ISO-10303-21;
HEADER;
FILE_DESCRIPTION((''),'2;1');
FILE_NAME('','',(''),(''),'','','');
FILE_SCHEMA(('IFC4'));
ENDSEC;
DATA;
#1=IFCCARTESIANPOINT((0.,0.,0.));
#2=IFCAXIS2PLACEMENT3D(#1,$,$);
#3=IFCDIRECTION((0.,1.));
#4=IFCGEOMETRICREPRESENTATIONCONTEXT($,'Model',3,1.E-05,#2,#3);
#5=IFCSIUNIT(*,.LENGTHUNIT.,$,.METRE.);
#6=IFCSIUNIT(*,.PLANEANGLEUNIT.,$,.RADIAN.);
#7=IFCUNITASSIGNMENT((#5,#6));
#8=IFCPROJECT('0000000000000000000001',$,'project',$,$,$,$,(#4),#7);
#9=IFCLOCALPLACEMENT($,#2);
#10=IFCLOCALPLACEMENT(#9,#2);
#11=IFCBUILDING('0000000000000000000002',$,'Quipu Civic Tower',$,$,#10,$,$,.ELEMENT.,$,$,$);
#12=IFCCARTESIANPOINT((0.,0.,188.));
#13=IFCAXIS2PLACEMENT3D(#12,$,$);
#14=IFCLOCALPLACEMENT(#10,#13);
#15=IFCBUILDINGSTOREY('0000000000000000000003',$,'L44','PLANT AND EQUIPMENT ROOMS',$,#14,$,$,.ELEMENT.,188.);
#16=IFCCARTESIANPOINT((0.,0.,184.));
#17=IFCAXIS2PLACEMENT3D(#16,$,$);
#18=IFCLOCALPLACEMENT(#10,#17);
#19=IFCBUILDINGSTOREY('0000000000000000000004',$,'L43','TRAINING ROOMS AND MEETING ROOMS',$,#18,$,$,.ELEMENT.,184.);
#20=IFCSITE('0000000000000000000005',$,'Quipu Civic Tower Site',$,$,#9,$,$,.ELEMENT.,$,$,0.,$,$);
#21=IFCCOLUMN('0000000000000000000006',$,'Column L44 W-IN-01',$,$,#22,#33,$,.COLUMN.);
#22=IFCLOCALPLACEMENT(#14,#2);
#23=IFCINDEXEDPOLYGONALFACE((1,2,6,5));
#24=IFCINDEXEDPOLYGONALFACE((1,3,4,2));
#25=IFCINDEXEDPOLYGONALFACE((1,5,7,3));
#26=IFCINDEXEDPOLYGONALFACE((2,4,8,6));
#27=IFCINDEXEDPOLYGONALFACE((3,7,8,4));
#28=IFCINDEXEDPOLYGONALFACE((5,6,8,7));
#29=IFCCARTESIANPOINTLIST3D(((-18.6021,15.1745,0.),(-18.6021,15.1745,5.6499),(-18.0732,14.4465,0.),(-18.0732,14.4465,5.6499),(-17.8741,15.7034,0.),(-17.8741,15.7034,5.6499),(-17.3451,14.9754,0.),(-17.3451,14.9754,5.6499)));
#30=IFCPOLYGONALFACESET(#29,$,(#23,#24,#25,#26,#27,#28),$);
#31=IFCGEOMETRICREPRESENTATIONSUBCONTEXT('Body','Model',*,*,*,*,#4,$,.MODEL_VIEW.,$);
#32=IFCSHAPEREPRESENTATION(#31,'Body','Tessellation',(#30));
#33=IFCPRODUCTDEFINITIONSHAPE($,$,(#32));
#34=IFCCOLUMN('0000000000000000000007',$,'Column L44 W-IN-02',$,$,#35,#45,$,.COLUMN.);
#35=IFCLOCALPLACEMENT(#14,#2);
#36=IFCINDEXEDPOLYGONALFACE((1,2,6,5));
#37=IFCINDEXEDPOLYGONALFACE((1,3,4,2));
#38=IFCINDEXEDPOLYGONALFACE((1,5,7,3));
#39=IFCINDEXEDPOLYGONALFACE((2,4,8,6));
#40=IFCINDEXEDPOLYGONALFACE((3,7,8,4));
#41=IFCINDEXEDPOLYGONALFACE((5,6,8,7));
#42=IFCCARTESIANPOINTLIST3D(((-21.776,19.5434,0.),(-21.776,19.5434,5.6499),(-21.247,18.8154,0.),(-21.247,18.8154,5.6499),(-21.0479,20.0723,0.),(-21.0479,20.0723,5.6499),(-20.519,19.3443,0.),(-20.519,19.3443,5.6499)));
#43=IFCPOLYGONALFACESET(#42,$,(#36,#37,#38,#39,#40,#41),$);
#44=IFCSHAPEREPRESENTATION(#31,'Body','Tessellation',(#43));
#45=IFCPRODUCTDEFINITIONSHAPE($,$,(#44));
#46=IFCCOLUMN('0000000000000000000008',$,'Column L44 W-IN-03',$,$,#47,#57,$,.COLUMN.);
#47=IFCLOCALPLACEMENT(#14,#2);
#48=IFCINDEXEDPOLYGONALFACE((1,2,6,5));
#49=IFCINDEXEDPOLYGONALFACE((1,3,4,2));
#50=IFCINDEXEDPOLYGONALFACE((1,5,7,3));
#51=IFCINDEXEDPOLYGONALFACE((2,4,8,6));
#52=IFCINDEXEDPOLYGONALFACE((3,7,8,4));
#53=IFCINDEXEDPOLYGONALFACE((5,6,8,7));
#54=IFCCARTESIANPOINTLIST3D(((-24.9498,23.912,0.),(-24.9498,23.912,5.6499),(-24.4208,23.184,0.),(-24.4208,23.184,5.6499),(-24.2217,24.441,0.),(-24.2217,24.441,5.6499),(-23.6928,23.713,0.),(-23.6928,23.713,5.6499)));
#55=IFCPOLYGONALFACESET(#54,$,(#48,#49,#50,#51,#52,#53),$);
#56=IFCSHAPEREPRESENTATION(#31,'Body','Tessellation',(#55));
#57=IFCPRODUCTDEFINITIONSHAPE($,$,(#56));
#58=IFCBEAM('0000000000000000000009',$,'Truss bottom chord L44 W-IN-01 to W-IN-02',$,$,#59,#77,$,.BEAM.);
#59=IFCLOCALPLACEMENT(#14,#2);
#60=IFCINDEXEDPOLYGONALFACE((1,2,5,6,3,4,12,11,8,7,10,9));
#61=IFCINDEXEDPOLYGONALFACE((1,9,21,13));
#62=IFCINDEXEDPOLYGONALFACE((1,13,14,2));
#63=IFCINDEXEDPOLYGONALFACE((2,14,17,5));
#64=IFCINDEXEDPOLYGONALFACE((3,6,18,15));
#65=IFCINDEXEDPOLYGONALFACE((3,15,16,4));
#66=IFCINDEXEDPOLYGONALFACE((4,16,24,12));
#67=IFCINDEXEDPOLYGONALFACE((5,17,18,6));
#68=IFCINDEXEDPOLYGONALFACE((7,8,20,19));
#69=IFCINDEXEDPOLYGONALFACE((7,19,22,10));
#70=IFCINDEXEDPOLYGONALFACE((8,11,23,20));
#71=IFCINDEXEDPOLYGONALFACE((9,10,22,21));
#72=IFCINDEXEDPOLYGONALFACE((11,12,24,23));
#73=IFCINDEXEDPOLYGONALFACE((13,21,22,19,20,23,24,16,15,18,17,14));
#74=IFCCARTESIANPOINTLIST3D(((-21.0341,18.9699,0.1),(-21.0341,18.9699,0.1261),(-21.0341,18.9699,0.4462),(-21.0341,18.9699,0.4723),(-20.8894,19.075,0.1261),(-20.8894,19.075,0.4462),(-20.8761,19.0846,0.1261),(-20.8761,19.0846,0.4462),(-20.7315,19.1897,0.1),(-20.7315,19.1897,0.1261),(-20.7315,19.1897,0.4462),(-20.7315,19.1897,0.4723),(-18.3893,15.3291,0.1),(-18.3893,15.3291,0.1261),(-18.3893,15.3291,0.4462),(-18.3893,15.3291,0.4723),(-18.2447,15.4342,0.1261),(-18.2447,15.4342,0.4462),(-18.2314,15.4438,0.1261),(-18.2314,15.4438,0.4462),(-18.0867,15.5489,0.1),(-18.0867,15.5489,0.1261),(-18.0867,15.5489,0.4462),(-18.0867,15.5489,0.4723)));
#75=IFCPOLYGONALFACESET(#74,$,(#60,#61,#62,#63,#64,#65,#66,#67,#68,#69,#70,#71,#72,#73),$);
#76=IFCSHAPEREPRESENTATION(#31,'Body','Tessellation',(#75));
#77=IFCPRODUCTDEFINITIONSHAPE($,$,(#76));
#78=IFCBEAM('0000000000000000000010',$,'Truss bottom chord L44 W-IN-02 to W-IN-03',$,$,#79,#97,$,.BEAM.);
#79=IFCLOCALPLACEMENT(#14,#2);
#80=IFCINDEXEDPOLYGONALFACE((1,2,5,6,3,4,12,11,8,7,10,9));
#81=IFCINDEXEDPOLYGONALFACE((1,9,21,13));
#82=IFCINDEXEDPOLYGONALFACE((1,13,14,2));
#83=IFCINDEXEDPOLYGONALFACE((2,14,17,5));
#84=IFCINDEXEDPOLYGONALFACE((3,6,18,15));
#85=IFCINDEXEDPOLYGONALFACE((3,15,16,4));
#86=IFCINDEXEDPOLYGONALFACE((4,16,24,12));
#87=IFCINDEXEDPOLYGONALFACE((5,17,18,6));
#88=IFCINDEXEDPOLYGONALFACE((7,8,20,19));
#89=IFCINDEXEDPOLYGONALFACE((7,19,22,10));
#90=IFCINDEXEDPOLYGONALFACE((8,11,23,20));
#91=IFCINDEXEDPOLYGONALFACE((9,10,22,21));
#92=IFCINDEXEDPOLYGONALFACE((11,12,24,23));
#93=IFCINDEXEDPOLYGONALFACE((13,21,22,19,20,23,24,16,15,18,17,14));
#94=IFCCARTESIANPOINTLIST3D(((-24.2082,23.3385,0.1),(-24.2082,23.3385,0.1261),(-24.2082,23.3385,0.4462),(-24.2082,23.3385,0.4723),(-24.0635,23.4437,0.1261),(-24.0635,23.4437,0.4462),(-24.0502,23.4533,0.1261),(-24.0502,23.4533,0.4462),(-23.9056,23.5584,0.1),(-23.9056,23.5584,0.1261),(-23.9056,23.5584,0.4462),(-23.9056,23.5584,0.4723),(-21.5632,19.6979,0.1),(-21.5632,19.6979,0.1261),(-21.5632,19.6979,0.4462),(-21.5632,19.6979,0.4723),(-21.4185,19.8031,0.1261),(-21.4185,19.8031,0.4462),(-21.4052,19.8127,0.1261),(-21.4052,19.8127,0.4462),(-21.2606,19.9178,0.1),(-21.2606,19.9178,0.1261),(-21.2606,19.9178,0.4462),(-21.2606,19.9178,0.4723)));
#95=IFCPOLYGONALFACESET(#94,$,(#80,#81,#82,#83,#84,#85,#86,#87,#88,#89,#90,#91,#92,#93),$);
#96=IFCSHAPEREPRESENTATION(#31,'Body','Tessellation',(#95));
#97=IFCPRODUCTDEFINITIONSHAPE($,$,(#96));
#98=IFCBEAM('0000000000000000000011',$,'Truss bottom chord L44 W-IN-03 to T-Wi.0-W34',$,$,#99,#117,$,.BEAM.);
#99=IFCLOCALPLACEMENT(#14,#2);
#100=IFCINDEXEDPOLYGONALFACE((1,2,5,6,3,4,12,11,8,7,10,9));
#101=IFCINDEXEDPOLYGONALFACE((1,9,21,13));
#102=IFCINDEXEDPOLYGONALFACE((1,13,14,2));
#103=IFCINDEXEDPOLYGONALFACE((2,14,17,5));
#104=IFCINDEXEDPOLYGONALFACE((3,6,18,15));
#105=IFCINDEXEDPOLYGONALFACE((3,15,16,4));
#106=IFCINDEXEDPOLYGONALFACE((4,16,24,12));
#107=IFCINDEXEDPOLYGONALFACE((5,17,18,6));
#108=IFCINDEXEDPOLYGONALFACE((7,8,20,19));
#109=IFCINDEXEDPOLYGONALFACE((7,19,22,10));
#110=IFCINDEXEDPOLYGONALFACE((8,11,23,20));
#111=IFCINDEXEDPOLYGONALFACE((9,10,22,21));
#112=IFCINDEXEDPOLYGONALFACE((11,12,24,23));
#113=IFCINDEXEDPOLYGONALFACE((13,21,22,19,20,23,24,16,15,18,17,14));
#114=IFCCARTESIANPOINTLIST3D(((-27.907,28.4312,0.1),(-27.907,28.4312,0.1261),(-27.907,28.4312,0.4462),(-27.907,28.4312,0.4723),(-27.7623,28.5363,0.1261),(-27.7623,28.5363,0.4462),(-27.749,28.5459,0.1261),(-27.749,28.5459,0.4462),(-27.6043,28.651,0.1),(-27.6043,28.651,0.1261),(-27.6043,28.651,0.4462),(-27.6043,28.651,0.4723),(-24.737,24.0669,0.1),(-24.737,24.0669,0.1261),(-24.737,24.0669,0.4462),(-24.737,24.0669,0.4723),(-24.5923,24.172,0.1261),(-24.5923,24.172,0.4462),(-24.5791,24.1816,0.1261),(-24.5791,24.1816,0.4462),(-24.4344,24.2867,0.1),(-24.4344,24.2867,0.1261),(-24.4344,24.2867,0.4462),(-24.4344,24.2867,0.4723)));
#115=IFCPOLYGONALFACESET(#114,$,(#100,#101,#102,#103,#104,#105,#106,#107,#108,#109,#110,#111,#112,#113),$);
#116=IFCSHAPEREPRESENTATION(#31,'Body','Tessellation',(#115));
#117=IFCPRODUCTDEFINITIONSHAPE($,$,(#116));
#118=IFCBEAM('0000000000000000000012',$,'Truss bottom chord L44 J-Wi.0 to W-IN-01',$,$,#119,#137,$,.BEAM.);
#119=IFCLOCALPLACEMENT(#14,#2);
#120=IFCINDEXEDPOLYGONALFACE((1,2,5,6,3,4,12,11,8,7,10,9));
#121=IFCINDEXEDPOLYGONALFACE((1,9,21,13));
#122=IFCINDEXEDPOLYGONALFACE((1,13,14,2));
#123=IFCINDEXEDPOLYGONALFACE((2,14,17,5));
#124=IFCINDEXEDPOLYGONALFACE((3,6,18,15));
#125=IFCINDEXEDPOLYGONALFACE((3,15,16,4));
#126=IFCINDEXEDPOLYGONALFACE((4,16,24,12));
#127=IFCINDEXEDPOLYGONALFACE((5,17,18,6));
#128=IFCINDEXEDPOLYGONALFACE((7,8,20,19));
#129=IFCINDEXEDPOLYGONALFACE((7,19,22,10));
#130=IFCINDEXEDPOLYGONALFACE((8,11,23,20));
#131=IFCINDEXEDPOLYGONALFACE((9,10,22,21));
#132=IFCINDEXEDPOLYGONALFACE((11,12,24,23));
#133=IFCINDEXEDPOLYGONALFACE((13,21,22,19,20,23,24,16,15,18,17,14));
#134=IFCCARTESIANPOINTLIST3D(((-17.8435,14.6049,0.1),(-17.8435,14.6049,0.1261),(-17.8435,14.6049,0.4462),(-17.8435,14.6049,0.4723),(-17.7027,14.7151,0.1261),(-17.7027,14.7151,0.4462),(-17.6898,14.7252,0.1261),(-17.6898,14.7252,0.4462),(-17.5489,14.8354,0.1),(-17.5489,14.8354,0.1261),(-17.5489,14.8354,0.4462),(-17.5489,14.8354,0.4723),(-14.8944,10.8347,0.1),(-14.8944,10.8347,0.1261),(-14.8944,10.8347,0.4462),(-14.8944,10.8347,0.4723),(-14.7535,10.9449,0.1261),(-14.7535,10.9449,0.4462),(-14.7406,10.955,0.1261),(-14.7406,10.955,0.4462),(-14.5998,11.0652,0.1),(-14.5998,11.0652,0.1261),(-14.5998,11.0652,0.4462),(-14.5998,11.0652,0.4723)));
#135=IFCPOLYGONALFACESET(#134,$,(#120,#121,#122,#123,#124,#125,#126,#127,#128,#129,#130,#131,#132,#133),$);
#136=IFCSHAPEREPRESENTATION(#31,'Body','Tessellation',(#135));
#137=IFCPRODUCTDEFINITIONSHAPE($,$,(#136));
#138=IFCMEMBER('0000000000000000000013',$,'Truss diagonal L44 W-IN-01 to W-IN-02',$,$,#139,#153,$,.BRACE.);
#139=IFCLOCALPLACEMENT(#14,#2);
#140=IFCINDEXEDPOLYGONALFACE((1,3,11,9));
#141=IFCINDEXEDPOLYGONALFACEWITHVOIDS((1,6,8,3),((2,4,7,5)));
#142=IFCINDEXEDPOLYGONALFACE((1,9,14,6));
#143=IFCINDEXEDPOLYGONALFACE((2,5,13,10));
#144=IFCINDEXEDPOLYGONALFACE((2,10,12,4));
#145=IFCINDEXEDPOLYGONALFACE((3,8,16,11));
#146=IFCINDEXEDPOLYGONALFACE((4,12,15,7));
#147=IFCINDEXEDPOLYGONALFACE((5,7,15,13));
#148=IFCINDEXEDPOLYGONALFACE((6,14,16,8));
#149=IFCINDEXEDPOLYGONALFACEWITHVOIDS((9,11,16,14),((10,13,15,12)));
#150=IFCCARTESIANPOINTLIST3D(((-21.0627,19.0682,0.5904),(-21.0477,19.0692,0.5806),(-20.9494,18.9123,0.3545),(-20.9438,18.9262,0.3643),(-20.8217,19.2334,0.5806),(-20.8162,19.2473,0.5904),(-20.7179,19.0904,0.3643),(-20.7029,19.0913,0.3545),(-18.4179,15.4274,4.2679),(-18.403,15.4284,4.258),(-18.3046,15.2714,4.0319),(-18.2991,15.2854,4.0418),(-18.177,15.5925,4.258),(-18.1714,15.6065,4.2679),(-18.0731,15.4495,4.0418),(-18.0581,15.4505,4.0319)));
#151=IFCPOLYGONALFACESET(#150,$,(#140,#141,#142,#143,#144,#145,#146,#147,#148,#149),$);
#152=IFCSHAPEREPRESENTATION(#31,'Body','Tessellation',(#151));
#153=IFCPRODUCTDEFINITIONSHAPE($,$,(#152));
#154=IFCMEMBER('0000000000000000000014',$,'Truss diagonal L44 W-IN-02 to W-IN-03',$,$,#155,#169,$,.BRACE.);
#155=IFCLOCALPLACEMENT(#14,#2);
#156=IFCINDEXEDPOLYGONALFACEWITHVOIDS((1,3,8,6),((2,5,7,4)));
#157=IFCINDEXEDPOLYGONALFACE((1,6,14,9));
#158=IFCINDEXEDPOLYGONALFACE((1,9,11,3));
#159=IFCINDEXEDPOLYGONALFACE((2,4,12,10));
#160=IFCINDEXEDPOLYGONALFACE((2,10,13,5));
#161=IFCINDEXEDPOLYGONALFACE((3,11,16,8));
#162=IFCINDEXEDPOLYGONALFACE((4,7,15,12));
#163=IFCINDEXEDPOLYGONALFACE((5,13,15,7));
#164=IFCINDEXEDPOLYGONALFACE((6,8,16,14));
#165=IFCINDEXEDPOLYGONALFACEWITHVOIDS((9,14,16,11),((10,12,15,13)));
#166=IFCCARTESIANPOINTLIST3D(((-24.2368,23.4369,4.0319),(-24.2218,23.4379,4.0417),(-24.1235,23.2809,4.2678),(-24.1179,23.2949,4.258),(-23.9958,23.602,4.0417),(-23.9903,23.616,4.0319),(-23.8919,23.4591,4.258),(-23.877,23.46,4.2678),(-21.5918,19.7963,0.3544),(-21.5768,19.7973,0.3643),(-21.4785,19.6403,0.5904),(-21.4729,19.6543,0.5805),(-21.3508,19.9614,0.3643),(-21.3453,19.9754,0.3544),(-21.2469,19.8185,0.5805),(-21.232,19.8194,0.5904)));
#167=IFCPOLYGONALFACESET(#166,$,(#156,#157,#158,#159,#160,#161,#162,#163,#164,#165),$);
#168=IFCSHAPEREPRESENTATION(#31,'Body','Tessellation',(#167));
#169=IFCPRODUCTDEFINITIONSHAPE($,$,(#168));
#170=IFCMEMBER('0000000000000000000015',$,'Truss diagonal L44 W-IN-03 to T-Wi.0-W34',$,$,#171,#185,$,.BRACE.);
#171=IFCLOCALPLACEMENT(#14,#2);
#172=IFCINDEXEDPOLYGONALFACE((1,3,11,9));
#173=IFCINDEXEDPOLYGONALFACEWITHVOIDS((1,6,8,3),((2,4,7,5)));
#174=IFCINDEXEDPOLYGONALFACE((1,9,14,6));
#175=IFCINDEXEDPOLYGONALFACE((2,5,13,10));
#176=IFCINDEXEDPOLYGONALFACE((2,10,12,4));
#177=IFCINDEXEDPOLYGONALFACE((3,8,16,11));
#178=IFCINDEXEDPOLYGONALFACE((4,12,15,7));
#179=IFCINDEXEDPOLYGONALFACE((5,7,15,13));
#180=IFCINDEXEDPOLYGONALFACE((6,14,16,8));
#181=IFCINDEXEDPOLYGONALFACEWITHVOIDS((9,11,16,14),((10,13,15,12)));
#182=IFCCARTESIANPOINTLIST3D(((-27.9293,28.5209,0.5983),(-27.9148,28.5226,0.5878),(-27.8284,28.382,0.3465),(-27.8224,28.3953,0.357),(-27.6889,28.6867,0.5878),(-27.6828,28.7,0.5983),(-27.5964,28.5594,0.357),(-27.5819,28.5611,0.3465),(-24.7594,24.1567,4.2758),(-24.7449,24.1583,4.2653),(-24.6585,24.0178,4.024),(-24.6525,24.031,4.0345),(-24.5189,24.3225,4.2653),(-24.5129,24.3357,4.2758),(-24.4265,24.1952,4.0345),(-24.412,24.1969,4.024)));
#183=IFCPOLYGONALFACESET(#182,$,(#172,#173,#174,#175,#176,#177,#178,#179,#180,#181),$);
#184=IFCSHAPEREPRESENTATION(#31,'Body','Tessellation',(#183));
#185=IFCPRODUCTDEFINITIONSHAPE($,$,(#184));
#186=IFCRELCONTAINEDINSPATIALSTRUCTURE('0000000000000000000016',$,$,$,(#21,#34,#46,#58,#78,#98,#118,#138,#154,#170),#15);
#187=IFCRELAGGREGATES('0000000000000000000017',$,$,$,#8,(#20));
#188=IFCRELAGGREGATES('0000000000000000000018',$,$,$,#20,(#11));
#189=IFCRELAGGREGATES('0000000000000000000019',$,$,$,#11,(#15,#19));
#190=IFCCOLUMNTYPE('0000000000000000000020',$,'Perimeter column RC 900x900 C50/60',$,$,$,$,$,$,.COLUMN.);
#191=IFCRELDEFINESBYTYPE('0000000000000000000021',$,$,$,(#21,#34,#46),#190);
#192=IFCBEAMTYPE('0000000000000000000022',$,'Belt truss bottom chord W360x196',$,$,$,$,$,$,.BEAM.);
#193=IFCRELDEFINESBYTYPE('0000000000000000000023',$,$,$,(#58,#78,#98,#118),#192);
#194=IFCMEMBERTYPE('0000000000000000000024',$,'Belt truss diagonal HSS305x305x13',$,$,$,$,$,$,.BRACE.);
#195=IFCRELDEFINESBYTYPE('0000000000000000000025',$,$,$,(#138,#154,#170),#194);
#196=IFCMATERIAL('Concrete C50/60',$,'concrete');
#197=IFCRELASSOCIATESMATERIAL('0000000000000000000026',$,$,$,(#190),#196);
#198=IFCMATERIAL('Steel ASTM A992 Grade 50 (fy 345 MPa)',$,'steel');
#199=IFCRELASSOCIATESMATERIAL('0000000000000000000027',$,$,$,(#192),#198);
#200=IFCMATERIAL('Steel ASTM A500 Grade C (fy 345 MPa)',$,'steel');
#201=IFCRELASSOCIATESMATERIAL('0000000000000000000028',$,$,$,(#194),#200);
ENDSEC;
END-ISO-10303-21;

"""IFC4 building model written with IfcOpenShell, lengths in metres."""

from ifc_helpers import new_model, si_unit, direction, frame, origin, origin_2d, place, context, subcontext, project, spatial, rectangle, hollow_rectangle, i_section, extrude, material, material_profile, profile_set, type_object, element, save


model = new_model("IFC4")

# Units and contexts
model_context = context("Model", 3, precision=1e-05, world=origin(), true_north=direction((0.0, 1.0)))
body_context = subcontext(model_context, "Body", "Model", "MODEL_VIEW")
ifc_project = project(units=[si_unit("LENGTHUNIT", "METRE"), si_unit("PLANEANGLEUNIT", "RADIAN")], contexts=[model_context])

# Site, building, storey
site_placement = place(None, origin())
site = spatial("IfcSite", under=ifc_project, at=site_placement, Name="Quipu Civic Tower Site", CompositionType="ELEMENT", RefElevation=0.0)
building_placement = place(site_placement, origin())
building = spatial("IfcBuilding", under=site, at=building_placement, Name="Quipu Civic Tower", CompositionType="ELEMENT")
storey_1_placement = place(building_placement, frame((0.0, 0.0, 188.0)))
storey_1 = spatial("IfcBuildingStorey", under=building, at=storey_1_placement, Name="L44", Description="PLANT AND EQUIPMENT ROOMS", CompositionType="ELEMENT", Elevation=188.0)

# Columns
ifc_material_1 = material(Name="Concrete C50/60", Category="concrete")
ifc_material_profile_1 = material_profile(ifc_material_1, rectangle(XDim=0.8999, YDim=0.8999, at=origin_2d()), Name="RC900x900")
ifc_profile_set_1 = profile_set([ifc_material_profile_1], Name="Concrete C50/60")
column_type = type_object("IfcColumnType", Name="Perimeter column RC 900x900 C50/60", PredefinedType="COLUMN", material=ifc_profile_set_1)
for number, where, z_axis, x_axis, name in (
    (1, (-17.9736, 15.075, 0.0), (0.0, 0.0, 1.0), (-0.587785, 0.809017, 0.0), "Column L44 W-IN-01"),
    (2, (-21.1475, 19.4438, 0.0), (0.0, 0.0, 1.0), (-0.587785, 0.809017, 0.0), "Column L44 W-IN-02"),
    (3, (-24.3213, 23.8125, 0.0), (0.0, 0.0, 1.0), (-0.587785, 0.809017, 0.0), "Column L44 W-IN-03"),
):
    element("IfcColumn", number, at=place(storey_1_placement, frame(where, z_axis=z_axis, x_axis=x_axis)), inside=storey_1, type_object=column_type, Name=name, PredefinedType="COLUMN", context=body_context, shape_type="SweptSolid", body=[
        extrude(rectangle(XDim=0.8999, YDim=0.8999, at=origin_2d()), origin(), (0.0, 0.0, 1.0), 5.6499),
    ])

# Beams
ifc_material_2 = material(Name="Steel ASTM A992 Grade 50 (fy 345 MPa)", Category="steel")
ifc_material_profile_2 = material_profile(ifc_material_2, i_section(OverallWidth=0.374, OverallDepth=0.3723, WebThickness=0.0164, FlangeThickness=0.0261, at=origin_2d()), Name="W360x196")
ifc_profile_set_2 = profile_set([ifc_material_profile_2], Name="Steel ASTM A992 Grade 50 (fy 345 MPa)")
beam_type_1 = type_object("IfcBeamType", Name="Belt truss bottom chord W360x196", PredefinedType="BEAM", material=ifc_profile_set_2)
for number, where, z_axis, x_axis, name in (
    (4, (-18.238, 15.439, 0.2861), (-0.587717, 0.809067, 0.0), (-0.809067, -0.587717, 0.0), "Truss bottom chord L44 W-IN-01 to W-IN-02"),
    (5, (-21.4119, 19.8079, 0.2861), (-0.587778, 0.809022, 0.0), (-0.809022, -0.587778, 0.0), "Truss bottom chord L44 W-IN-02 to W-IN-03"),
):
    element("IfcBeam", number, at=place(storey_1_placement, frame(where, z_axis=z_axis, x_axis=x_axis)), inside=storey_1, type_object=beam_type_1, Name=name, PredefinedType="BEAM", context=body_context, shape_type="SweptSolid", body=[
        extrude(i_section(OverallWidth=0.374, OverallDepth=0.3723, WebThickness=0.0164, FlangeThickness=0.0261, at=origin_2d()), origin(), (0.0, 0.0, 1.0), 4.5),
    ])
beam_1_placement = place(storey_1_placement, frame((-24.5857, 24.1768, 0.2861), z_axis=(-0.587676, 0.809096, 0.0), x_axis=(-0.809096, -0.587676, 0.0)))
element("IfcBeam", 6, at=beam_1_placement, inside=storey_1, type_object=beam_type_1, Name="Truss bottom chord L44 W-IN-03 to T-Wi.0-W34", PredefinedType="BEAM", context=body_context, shape_type="SweptSolid", body=[
    extrude(i_section(OverallWidth=0.374, OverallDepth=0.3723, WebThickness=0.0164, FlangeThickness=0.0261, at=origin_2d()), origin(), (0.0, 0.0, 1.0), 5.394),
])
beam_2_placement = place(storey_1_placement, frame((-14.7471, 10.95, 0.2861), z_axis=(-0.616124, 0.787649, 0.0), x_axis=(-0.787649, -0.616124, 0.0)))
element("IfcBeam", 7, at=beam_2_placement, inside=storey_1, type_object=beam_type_1, Name="Truss bottom chord L44 J-Wi.0 to W-IN-01", PredefinedType="BEAM", context=body_context, shape_type="SweptSolid", body=[
    extrude(i_section(OverallWidth=0.374, OverallDepth=0.3723, WebThickness=0.0164, FlangeThickness=0.0261, at=origin_2d()), origin(), (0.0, 0.0, 1.0), 4.7866),
])

# Members
ifc_material_3 = material(Name="Steel ASTM A500 Grade C (fy 345 MPa)", Category="steel")
ifc_material_profile_3 = material_profile(ifc_material_3, hollow_rectangle(XDim=0.3047, YDim=0.3047, WallThickness=0.0127, at=origin_2d()), Name="HSS305x305x13")
ifc_profile_set_3 = profile_set([ifc_material_profile_3], Name="Steel ASTM A500 Grade C (fy 345 MPa)")
member_type_1 = type_object("IfcMemberType", Name="Belt truss diagonal HSS305x305x13", PredefinedType="BRACE", material=ifc_profile_set_3)
for number, where, z_axis, x_axis, name in (
    (8, (-18.238, 15.439, 4.1499), (-0.455086, 0.626483, -0.632784), (-0.809067, -0.587717, 0.0), "Truss diagonal L44 W-IN-01 to W-IN-02"),
    (9, (-21.4119, 19.8079, 0.4724), (-0.455131, 0.626446, 0.632789), (-0.809022, -0.587778, 0.0), "Truss diagonal L44 W-IN-02 to W-IN-03"),
):
    element("IfcMember", number, at=place(storey_1_placement, frame(where, z_axis=z_axis, x_axis=x_axis)), inside=storey_1, type_object=member_type_1, Name=name, PredefinedType="BRACE", context=body_context, shape_type="SweptSolid", body=[
        extrude(hollow_rectangle(XDim=0.3047, YDim=0.3047, WallThickness=0.0127, at=origin_2d()), origin(), (0.0, 0.0, 1.0), 5.8115),
    ])
member_1_placement = place(storey_1_placement, frame((-24.5857, 24.1768, 4.1499), z_axis=(-0.485564, 0.668511, -0.563313), x_axis=(-0.809096, -0.587676, 0.0)))
element("IfcMember", 10, at=member_1_placement, inside=storey_1, type_object=member_type_1, Name="Truss diagonal L44 W-IN-03 to T-Wi.0-W34", PredefinedType="BRACE", context=body_context, shape_type="SweptSolid", body=[
    extrude(hollow_rectangle(XDim=0.3047, YDim=0.3047, WallThickness=0.0127, at=origin_2d()), origin(), (0.0, 0.0, 1.0), 6.5283),
])

# Shared definitions
storey_2_placement = place(building_placement, frame((0.0, 0.0, 184.0)))
storey_2 = spatial("IfcBuildingStorey", under=building, at=storey_2_placement, Name="L43", Description="TRAINING ROOMS AND MEETING ROOMS", CompositionType="ELEMENT", Elevation=184.0)

save(model, "model.ifc")
